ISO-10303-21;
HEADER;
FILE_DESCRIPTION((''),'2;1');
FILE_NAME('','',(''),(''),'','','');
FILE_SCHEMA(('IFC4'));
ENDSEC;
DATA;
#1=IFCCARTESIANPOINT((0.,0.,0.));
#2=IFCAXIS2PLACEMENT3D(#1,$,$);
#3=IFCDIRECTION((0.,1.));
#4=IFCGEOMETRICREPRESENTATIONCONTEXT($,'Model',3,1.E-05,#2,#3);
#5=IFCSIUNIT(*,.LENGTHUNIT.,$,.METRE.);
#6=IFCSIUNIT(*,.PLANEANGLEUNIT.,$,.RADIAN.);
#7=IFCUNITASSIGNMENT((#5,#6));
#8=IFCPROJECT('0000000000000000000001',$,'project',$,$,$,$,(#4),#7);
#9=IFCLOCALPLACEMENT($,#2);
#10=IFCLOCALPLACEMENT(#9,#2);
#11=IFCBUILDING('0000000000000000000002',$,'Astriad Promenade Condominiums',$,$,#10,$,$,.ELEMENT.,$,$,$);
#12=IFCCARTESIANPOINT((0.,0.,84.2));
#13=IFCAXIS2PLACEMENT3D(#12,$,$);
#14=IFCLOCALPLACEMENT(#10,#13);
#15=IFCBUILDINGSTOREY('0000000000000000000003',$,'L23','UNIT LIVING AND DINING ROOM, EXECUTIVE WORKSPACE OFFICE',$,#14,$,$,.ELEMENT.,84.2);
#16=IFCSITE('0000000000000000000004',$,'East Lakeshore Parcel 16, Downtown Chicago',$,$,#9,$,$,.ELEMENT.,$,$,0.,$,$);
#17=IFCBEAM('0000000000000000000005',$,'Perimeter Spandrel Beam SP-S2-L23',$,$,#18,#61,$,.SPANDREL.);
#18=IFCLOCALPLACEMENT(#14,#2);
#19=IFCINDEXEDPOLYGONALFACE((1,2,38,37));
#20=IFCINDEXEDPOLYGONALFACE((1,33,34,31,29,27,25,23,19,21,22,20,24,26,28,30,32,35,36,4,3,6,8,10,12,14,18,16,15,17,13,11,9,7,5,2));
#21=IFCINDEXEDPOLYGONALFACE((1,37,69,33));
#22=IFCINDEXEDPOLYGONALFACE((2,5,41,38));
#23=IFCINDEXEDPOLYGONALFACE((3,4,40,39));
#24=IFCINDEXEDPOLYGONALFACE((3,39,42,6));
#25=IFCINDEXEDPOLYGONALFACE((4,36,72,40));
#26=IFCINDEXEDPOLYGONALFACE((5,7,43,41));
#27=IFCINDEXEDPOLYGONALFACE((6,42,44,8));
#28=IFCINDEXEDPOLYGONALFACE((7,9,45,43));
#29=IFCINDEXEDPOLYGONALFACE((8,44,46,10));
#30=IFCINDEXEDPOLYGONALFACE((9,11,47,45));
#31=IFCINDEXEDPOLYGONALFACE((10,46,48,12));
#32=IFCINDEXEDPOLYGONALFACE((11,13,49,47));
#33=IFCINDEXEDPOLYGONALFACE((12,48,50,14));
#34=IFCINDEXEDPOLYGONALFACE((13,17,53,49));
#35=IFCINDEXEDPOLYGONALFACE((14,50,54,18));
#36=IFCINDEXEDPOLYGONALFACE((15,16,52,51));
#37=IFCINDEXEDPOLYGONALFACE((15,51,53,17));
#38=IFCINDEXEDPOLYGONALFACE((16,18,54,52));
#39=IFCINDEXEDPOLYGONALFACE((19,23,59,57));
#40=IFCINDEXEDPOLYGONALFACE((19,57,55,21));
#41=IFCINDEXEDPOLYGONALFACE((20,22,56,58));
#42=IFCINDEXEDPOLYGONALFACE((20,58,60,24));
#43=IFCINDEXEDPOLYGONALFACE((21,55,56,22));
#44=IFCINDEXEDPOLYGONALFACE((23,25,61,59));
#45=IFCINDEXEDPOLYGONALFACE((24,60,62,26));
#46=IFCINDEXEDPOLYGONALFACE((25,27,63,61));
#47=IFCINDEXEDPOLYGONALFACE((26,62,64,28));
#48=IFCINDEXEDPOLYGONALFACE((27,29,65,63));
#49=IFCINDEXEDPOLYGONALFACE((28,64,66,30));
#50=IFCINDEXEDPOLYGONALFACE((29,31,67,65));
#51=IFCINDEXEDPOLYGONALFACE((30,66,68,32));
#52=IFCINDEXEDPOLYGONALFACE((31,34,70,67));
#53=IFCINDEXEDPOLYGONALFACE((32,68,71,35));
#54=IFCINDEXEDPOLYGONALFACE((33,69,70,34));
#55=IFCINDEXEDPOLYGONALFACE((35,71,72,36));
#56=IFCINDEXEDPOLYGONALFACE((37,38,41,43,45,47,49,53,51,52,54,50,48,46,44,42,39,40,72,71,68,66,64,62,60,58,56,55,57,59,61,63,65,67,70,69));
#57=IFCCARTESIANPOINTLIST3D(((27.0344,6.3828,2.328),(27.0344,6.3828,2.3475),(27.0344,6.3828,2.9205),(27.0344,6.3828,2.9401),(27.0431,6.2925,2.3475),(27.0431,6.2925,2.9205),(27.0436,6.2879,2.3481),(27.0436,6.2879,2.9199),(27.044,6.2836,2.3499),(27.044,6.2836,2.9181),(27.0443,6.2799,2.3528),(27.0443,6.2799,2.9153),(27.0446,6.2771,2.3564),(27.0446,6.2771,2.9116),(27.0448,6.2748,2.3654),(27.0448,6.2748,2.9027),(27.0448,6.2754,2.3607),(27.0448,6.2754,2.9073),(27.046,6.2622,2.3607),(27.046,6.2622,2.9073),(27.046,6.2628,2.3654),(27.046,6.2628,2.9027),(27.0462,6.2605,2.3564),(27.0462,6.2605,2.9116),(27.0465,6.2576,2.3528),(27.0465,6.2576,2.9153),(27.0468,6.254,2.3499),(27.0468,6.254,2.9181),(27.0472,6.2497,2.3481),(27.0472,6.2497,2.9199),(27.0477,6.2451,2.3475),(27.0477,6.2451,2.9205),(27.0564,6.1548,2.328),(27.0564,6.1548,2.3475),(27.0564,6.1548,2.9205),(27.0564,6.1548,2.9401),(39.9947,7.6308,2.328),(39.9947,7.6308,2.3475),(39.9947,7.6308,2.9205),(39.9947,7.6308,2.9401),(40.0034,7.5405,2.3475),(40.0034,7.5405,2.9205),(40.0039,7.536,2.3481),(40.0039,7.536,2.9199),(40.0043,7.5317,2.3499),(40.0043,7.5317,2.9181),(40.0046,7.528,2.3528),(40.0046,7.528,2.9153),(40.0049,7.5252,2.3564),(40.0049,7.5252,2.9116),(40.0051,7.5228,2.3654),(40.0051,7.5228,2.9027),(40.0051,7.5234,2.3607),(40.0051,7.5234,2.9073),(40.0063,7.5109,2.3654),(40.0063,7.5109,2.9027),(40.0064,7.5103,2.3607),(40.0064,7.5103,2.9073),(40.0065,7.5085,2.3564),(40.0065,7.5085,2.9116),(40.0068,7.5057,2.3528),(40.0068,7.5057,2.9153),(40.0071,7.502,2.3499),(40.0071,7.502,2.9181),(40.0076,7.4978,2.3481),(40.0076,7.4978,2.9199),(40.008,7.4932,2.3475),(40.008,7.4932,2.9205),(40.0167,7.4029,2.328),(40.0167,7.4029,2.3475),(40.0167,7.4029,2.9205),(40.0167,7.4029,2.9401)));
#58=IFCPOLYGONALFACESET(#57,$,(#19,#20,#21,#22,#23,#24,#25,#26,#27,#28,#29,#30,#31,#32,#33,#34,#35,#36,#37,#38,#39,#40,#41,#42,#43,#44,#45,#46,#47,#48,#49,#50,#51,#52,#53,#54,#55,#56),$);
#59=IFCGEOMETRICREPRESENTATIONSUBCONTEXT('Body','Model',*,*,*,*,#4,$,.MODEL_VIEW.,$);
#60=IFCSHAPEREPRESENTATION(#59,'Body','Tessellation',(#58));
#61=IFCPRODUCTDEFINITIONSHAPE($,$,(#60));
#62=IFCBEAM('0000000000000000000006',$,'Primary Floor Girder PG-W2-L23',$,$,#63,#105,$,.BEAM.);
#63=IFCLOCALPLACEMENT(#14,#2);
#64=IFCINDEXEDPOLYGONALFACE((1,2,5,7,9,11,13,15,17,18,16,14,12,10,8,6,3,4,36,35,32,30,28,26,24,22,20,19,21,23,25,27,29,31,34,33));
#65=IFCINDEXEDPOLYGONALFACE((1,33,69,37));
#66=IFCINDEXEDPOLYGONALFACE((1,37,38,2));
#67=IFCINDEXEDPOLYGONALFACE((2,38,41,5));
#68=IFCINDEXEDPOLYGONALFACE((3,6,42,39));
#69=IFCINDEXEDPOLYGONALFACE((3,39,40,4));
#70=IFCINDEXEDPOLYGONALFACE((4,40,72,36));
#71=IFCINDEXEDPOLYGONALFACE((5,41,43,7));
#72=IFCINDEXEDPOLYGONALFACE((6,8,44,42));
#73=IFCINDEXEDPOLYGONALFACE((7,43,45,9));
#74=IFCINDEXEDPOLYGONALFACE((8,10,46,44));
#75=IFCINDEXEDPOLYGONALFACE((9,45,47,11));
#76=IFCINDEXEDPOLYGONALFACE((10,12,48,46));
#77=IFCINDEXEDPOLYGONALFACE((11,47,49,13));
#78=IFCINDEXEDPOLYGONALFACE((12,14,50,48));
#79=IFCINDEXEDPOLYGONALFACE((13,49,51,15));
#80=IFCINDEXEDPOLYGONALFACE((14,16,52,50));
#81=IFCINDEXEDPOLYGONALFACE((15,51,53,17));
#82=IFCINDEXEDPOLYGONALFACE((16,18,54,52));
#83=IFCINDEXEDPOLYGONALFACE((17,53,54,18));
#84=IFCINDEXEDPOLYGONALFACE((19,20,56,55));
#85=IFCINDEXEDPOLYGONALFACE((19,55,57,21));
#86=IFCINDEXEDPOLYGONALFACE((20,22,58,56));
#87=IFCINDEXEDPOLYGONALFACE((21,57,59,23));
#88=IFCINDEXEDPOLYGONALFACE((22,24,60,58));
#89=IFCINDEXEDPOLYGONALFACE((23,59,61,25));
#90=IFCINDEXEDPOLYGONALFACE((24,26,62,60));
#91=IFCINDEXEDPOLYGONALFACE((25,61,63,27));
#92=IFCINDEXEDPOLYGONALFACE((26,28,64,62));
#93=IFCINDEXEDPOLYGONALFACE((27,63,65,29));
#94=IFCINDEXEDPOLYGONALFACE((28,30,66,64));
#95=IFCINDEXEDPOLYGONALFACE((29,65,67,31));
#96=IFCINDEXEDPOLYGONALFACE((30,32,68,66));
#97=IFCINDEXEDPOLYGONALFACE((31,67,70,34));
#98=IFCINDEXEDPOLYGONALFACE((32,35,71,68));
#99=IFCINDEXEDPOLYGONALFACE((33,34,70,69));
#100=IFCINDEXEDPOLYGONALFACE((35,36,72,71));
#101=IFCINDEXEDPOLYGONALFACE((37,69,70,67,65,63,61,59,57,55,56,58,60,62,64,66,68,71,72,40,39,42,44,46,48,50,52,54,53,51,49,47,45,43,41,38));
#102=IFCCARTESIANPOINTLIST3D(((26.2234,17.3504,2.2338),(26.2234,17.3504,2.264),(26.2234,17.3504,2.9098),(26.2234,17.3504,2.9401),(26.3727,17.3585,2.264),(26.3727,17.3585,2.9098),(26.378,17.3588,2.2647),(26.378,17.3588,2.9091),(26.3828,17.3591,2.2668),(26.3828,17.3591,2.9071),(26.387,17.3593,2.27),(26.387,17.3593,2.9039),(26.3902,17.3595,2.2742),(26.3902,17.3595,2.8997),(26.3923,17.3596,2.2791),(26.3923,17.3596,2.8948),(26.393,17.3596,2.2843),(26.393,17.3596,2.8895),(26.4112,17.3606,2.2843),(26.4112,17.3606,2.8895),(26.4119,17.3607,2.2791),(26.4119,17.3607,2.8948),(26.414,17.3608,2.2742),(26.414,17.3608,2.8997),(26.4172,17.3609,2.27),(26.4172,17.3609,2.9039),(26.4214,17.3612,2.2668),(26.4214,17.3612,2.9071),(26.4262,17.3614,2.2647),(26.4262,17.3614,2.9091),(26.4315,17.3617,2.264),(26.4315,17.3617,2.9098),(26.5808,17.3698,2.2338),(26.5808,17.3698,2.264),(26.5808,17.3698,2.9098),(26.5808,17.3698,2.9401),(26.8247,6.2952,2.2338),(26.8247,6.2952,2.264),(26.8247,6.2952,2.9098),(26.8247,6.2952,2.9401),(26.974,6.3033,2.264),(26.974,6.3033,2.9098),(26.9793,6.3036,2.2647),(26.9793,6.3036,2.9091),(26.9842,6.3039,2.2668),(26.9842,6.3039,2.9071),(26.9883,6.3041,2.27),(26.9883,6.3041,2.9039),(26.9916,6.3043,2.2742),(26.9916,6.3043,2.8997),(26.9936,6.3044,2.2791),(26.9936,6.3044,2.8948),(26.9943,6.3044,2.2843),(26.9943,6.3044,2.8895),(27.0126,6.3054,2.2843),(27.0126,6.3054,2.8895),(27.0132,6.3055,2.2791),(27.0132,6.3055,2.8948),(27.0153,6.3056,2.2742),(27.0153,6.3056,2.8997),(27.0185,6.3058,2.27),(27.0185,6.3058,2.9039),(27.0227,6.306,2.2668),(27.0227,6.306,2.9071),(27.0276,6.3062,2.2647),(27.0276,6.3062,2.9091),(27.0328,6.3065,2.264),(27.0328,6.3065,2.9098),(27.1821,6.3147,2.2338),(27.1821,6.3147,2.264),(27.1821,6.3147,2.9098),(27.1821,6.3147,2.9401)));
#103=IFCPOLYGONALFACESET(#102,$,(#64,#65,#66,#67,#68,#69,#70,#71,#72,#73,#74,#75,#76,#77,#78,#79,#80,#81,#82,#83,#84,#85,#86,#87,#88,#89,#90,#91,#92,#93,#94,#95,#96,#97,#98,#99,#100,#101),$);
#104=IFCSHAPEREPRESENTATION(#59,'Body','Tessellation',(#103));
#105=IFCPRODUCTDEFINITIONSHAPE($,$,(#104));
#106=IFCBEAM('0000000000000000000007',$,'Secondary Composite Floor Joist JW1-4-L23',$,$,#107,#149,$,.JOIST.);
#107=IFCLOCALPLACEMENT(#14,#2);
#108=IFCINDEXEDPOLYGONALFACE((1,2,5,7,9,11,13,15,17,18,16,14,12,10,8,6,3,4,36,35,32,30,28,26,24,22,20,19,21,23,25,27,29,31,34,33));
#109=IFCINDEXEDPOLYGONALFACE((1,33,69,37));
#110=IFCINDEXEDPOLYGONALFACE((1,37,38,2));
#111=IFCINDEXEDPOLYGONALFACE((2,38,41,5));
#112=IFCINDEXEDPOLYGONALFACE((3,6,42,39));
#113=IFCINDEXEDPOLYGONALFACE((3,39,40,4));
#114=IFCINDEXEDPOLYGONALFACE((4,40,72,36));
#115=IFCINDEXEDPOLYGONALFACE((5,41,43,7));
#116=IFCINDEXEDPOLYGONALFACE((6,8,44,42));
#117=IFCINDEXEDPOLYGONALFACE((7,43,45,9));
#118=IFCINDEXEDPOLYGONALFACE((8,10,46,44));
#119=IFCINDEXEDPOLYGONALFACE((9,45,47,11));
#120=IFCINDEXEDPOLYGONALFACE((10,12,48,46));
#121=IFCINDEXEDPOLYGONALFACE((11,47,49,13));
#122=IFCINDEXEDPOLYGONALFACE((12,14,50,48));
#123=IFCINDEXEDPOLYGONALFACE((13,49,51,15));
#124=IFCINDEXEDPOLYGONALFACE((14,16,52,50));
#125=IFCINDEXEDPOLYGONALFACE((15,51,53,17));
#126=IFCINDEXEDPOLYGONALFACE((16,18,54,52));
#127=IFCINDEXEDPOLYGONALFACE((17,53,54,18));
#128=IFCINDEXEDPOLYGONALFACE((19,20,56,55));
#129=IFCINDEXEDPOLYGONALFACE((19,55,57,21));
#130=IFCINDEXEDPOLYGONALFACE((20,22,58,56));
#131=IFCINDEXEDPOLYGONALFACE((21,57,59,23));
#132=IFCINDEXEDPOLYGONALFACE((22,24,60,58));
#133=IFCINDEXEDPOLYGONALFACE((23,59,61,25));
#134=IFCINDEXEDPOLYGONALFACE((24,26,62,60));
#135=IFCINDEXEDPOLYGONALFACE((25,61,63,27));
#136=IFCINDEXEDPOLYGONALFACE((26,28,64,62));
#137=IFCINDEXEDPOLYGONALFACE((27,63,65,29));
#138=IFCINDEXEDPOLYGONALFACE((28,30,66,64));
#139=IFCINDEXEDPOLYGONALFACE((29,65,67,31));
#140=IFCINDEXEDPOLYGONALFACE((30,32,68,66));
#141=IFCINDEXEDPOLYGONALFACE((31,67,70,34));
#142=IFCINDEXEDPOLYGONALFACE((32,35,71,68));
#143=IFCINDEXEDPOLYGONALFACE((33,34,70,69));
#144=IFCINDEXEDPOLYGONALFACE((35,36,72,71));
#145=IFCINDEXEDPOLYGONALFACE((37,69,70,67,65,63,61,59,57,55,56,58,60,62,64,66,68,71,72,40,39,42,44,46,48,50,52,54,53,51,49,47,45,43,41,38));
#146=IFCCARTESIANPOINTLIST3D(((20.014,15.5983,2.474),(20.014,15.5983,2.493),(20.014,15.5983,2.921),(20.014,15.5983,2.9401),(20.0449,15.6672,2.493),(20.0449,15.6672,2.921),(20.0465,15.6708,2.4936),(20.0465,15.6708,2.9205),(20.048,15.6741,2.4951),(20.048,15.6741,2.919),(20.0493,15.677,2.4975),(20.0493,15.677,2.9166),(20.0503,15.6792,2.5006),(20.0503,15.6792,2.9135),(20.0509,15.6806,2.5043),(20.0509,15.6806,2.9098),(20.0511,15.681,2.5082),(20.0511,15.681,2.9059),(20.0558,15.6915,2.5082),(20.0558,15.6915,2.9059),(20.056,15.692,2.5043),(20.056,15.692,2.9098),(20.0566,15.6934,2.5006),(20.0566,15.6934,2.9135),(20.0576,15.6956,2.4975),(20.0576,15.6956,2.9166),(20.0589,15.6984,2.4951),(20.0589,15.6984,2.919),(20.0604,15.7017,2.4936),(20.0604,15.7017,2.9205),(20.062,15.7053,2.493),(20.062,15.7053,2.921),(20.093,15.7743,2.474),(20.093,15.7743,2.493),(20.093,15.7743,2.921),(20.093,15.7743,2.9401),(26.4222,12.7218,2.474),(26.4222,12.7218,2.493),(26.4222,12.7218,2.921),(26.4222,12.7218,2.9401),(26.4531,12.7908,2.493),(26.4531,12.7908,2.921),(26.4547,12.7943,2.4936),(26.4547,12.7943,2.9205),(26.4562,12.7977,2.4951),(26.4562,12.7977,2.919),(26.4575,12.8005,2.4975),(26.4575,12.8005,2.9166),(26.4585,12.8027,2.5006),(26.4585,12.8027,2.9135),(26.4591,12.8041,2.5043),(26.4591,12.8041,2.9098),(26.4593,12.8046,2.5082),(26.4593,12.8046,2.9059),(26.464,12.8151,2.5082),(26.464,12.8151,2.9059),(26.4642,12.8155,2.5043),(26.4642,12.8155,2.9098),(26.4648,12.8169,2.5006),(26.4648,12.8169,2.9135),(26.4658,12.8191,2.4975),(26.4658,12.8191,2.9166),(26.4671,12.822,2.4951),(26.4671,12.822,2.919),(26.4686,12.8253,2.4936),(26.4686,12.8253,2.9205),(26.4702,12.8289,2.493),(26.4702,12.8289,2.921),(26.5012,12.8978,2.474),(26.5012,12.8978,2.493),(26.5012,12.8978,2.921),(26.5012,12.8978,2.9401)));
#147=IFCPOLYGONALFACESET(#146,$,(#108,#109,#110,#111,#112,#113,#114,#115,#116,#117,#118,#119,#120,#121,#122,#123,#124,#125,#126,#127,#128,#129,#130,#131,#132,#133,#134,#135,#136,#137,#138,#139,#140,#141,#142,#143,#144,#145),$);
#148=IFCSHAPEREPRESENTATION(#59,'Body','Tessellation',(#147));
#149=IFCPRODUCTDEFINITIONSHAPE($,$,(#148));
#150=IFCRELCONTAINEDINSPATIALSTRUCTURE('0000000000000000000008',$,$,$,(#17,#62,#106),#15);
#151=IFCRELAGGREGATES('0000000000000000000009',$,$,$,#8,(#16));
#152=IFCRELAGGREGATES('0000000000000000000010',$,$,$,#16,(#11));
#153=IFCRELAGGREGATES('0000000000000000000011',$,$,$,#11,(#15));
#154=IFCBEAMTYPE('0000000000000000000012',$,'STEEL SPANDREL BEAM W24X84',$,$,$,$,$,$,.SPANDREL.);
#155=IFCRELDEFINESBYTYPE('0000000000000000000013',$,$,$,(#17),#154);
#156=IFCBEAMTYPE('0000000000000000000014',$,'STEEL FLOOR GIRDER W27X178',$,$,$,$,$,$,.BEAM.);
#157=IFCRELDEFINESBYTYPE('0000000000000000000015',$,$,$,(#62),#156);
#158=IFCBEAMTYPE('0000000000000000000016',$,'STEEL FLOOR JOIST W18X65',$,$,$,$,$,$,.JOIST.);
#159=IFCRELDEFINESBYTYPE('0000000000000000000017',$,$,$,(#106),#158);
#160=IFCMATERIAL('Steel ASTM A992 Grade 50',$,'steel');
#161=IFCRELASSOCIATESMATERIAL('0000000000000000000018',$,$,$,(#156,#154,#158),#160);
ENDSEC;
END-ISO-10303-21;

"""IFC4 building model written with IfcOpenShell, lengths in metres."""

from ifc_helpers import new_model, si_unit, direction, frame, origin, origin_2d, place, context, subcontext, project, spatial, i_section, extrude, source, transform, mapped, material, material_profile, profile_set, type_object, type_shapes, element, save


model = new_model("IFC4")

# Units and contexts
model_context = context("Model", 3, precision=1e-05, world=origin(), true_north=direction((0.0, 1.0)))
body_context = subcontext(model_context, "Body", "Model", "MODEL_VIEW")
ifc_project = project(units=[si_unit("LENGTHUNIT", "METRE"), si_unit("PLANEANGLEUNIT", "RADIAN")], contexts=[model_context])

# Site, building, storey
site_placement = place(None, origin())
site = spatial("IfcSite", under=ifc_project, at=site_placement, Name="East Lakeshore Parcel 16, Downtown Chicago", CompositionType="ELEMENT", RefElevation=0.0)
building_placement = place(site_placement, origin())
building = spatial("IfcBuilding", under=site, at=building_placement, Name="Astriad Promenade Condominiums", CompositionType="ELEMENT")
storey_placement = place(building_placement, frame((0.0, 0.0, 84.2)))
storey = spatial("IfcBuildingStorey", under=building, at=storey_placement, Name="L23", Description="UNIT LIVING AND DINING ROOM, EXECUTIVE WORKSPACE OFFICE", CompositionType="ELEMENT", Elevation=84.2)

# Shared definitions
ifc_material_1 = material(Name="Steel ASTM A992 Grade 50", Category="steel")

# Beams
ifc_material_profile_1 = material_profile(ifc_material_1, i_section(OverallWidth=0.3579, OverallDepth=0.7063, WebThickness=0.0183, FlangeThickness=0.0303, FilletRadius=0.0203, at=origin_2d()), Name="W27X178")
ifc_profile_set_1 = profile_set([ifc_material_profile_1], Name="Steel ASTM A992 Grade 50")
beam_type_1 = type_object("IfcBeamType", Name="STEEL FLOOR GIRDER W27X178", PredefinedType="BEAM", material=ifc_profile_set_1)
ifc_material_profile_2 = material_profile(ifc_material_1, i_section(OverallWidth=0.229, OverallDepth=0.6121, WebThickness=0.012, FlangeThickness=0.0195, FilletRadius=0.0178, at=origin_2d()), Name="W24X84")
ifc_profile_set_2 = profile_set([ifc_material_profile_2], Name="Steel ASTM A992 Grade 50")
beam_type_2 = type_object("IfcBeamType", Name="STEEL SPANDREL BEAM W24X84", PredefinedType="SPANDREL", material=ifc_profile_set_2)
shared_shape_1 = source(origin(), body_context, "Body", "SweptSolid", [
    extrude(i_section(OverallWidth=0.229, OverallDepth=0.6121, WebThickness=0.012, FlangeThickness=0.0195, FilletRadius=0.0178, at=origin_2d()), origin(), (0.0, 0.0, 1.0), 13.0203),
])
type_shapes(beam_type_2, [shared_shape_1])
beam_1_placement = place(storey_placement, frame((27.0454, 6.2688, 2.634), z_axis=(0.995395, 0.095855, 0.0), x_axis=(-0.095855, 0.995395, 0.0)))
element("IfcBeam", 1, at=beam_1_placement, inside=storey, type_object=beam_type_2, Name="Perimeter Spandrel Beam SP-S2-L23", PredefinedType="SPANDREL", context=body_context, shape_type="MappedRepresentation", body=[
    mapped(shared_shape_1, transform((0.0, 0.0, 0.0), scale=1.0)),
])
shared_shape_2 = source(origin(), body_context, "Body", "SweptSolid", [
    extrude(i_section(OverallWidth=0.3579, OverallDepth=0.7063, WebThickness=0.0183, FlangeThickness=0.0303, FilletRadius=0.0203, at=origin_2d()), origin(), (0.0, 0.0, 1.0), 11.0715),
])
beam_2_placement = place(storey_placement, frame((27.0034, 6.3049, 2.5869), z_axis=(-0.054312, 0.998524, 0.0), x_axis=(-0.998524, -0.054312, 0.0)))
element("IfcBeam", 2, at=beam_2_placement, inside=storey, type_object=beam_type_1, Name="Primary Floor Girder PG-W2-L23", PredefinedType="BEAM", context=body_context, shape_type="MappedRepresentation", body=[
    mapped(shared_shape_2, transform((0.0, 0.0, 0.0), scale=1.0)),
])
ifc_material_profile_3 = material_profile(ifc_material_1, i_section(OverallWidth=0.1929, OverallDepth=0.4661, WebThickness=0.0115, FlangeThickness=0.019, FilletRadius=0.0151, at=origin_2d()), Name="W18X65")
ifc_profile_set_3 = profile_set([ifc_material_profile_3], Name="Steel ASTM A992 Grade 50")
beam_type_3 = type_object("IfcBeamType", Name="STEEL FLOOR JOIST W18X65", PredefinedType="JOIST", material=ifc_profile_set_3)
shared_shape_3 = source(origin(), body_context, "Body", "SweptSolid", [
    extrude(i_section(OverallWidth=0.1929, OverallDepth=0.4661, WebThickness=0.0115, FlangeThickness=0.019, FilletRadius=0.0151, at=origin_2d()), origin(), (0.0, 0.0, 1.0), 7.0242),
])
beam_3_placement = place(storey_placement, frame((20.0535, 15.6863, 2.707), z_axis=(0.912306, -0.409509, 0.0), x_axis=(0.409509, 0.912306, 0.0)))
element("IfcBeam", 3, at=beam_3_placement, inside=storey, type_object=beam_type_3, Name="Secondary Composite Floor Joist JW1-4-L23", PredefinedType="JOIST", context=body_context, shape_type="MappedRepresentation", body=[
    mapped(shared_shape_3, transform((0.0, 0.0, 0.0), scale=1.0)),
])

save(model, "model.ifc")
